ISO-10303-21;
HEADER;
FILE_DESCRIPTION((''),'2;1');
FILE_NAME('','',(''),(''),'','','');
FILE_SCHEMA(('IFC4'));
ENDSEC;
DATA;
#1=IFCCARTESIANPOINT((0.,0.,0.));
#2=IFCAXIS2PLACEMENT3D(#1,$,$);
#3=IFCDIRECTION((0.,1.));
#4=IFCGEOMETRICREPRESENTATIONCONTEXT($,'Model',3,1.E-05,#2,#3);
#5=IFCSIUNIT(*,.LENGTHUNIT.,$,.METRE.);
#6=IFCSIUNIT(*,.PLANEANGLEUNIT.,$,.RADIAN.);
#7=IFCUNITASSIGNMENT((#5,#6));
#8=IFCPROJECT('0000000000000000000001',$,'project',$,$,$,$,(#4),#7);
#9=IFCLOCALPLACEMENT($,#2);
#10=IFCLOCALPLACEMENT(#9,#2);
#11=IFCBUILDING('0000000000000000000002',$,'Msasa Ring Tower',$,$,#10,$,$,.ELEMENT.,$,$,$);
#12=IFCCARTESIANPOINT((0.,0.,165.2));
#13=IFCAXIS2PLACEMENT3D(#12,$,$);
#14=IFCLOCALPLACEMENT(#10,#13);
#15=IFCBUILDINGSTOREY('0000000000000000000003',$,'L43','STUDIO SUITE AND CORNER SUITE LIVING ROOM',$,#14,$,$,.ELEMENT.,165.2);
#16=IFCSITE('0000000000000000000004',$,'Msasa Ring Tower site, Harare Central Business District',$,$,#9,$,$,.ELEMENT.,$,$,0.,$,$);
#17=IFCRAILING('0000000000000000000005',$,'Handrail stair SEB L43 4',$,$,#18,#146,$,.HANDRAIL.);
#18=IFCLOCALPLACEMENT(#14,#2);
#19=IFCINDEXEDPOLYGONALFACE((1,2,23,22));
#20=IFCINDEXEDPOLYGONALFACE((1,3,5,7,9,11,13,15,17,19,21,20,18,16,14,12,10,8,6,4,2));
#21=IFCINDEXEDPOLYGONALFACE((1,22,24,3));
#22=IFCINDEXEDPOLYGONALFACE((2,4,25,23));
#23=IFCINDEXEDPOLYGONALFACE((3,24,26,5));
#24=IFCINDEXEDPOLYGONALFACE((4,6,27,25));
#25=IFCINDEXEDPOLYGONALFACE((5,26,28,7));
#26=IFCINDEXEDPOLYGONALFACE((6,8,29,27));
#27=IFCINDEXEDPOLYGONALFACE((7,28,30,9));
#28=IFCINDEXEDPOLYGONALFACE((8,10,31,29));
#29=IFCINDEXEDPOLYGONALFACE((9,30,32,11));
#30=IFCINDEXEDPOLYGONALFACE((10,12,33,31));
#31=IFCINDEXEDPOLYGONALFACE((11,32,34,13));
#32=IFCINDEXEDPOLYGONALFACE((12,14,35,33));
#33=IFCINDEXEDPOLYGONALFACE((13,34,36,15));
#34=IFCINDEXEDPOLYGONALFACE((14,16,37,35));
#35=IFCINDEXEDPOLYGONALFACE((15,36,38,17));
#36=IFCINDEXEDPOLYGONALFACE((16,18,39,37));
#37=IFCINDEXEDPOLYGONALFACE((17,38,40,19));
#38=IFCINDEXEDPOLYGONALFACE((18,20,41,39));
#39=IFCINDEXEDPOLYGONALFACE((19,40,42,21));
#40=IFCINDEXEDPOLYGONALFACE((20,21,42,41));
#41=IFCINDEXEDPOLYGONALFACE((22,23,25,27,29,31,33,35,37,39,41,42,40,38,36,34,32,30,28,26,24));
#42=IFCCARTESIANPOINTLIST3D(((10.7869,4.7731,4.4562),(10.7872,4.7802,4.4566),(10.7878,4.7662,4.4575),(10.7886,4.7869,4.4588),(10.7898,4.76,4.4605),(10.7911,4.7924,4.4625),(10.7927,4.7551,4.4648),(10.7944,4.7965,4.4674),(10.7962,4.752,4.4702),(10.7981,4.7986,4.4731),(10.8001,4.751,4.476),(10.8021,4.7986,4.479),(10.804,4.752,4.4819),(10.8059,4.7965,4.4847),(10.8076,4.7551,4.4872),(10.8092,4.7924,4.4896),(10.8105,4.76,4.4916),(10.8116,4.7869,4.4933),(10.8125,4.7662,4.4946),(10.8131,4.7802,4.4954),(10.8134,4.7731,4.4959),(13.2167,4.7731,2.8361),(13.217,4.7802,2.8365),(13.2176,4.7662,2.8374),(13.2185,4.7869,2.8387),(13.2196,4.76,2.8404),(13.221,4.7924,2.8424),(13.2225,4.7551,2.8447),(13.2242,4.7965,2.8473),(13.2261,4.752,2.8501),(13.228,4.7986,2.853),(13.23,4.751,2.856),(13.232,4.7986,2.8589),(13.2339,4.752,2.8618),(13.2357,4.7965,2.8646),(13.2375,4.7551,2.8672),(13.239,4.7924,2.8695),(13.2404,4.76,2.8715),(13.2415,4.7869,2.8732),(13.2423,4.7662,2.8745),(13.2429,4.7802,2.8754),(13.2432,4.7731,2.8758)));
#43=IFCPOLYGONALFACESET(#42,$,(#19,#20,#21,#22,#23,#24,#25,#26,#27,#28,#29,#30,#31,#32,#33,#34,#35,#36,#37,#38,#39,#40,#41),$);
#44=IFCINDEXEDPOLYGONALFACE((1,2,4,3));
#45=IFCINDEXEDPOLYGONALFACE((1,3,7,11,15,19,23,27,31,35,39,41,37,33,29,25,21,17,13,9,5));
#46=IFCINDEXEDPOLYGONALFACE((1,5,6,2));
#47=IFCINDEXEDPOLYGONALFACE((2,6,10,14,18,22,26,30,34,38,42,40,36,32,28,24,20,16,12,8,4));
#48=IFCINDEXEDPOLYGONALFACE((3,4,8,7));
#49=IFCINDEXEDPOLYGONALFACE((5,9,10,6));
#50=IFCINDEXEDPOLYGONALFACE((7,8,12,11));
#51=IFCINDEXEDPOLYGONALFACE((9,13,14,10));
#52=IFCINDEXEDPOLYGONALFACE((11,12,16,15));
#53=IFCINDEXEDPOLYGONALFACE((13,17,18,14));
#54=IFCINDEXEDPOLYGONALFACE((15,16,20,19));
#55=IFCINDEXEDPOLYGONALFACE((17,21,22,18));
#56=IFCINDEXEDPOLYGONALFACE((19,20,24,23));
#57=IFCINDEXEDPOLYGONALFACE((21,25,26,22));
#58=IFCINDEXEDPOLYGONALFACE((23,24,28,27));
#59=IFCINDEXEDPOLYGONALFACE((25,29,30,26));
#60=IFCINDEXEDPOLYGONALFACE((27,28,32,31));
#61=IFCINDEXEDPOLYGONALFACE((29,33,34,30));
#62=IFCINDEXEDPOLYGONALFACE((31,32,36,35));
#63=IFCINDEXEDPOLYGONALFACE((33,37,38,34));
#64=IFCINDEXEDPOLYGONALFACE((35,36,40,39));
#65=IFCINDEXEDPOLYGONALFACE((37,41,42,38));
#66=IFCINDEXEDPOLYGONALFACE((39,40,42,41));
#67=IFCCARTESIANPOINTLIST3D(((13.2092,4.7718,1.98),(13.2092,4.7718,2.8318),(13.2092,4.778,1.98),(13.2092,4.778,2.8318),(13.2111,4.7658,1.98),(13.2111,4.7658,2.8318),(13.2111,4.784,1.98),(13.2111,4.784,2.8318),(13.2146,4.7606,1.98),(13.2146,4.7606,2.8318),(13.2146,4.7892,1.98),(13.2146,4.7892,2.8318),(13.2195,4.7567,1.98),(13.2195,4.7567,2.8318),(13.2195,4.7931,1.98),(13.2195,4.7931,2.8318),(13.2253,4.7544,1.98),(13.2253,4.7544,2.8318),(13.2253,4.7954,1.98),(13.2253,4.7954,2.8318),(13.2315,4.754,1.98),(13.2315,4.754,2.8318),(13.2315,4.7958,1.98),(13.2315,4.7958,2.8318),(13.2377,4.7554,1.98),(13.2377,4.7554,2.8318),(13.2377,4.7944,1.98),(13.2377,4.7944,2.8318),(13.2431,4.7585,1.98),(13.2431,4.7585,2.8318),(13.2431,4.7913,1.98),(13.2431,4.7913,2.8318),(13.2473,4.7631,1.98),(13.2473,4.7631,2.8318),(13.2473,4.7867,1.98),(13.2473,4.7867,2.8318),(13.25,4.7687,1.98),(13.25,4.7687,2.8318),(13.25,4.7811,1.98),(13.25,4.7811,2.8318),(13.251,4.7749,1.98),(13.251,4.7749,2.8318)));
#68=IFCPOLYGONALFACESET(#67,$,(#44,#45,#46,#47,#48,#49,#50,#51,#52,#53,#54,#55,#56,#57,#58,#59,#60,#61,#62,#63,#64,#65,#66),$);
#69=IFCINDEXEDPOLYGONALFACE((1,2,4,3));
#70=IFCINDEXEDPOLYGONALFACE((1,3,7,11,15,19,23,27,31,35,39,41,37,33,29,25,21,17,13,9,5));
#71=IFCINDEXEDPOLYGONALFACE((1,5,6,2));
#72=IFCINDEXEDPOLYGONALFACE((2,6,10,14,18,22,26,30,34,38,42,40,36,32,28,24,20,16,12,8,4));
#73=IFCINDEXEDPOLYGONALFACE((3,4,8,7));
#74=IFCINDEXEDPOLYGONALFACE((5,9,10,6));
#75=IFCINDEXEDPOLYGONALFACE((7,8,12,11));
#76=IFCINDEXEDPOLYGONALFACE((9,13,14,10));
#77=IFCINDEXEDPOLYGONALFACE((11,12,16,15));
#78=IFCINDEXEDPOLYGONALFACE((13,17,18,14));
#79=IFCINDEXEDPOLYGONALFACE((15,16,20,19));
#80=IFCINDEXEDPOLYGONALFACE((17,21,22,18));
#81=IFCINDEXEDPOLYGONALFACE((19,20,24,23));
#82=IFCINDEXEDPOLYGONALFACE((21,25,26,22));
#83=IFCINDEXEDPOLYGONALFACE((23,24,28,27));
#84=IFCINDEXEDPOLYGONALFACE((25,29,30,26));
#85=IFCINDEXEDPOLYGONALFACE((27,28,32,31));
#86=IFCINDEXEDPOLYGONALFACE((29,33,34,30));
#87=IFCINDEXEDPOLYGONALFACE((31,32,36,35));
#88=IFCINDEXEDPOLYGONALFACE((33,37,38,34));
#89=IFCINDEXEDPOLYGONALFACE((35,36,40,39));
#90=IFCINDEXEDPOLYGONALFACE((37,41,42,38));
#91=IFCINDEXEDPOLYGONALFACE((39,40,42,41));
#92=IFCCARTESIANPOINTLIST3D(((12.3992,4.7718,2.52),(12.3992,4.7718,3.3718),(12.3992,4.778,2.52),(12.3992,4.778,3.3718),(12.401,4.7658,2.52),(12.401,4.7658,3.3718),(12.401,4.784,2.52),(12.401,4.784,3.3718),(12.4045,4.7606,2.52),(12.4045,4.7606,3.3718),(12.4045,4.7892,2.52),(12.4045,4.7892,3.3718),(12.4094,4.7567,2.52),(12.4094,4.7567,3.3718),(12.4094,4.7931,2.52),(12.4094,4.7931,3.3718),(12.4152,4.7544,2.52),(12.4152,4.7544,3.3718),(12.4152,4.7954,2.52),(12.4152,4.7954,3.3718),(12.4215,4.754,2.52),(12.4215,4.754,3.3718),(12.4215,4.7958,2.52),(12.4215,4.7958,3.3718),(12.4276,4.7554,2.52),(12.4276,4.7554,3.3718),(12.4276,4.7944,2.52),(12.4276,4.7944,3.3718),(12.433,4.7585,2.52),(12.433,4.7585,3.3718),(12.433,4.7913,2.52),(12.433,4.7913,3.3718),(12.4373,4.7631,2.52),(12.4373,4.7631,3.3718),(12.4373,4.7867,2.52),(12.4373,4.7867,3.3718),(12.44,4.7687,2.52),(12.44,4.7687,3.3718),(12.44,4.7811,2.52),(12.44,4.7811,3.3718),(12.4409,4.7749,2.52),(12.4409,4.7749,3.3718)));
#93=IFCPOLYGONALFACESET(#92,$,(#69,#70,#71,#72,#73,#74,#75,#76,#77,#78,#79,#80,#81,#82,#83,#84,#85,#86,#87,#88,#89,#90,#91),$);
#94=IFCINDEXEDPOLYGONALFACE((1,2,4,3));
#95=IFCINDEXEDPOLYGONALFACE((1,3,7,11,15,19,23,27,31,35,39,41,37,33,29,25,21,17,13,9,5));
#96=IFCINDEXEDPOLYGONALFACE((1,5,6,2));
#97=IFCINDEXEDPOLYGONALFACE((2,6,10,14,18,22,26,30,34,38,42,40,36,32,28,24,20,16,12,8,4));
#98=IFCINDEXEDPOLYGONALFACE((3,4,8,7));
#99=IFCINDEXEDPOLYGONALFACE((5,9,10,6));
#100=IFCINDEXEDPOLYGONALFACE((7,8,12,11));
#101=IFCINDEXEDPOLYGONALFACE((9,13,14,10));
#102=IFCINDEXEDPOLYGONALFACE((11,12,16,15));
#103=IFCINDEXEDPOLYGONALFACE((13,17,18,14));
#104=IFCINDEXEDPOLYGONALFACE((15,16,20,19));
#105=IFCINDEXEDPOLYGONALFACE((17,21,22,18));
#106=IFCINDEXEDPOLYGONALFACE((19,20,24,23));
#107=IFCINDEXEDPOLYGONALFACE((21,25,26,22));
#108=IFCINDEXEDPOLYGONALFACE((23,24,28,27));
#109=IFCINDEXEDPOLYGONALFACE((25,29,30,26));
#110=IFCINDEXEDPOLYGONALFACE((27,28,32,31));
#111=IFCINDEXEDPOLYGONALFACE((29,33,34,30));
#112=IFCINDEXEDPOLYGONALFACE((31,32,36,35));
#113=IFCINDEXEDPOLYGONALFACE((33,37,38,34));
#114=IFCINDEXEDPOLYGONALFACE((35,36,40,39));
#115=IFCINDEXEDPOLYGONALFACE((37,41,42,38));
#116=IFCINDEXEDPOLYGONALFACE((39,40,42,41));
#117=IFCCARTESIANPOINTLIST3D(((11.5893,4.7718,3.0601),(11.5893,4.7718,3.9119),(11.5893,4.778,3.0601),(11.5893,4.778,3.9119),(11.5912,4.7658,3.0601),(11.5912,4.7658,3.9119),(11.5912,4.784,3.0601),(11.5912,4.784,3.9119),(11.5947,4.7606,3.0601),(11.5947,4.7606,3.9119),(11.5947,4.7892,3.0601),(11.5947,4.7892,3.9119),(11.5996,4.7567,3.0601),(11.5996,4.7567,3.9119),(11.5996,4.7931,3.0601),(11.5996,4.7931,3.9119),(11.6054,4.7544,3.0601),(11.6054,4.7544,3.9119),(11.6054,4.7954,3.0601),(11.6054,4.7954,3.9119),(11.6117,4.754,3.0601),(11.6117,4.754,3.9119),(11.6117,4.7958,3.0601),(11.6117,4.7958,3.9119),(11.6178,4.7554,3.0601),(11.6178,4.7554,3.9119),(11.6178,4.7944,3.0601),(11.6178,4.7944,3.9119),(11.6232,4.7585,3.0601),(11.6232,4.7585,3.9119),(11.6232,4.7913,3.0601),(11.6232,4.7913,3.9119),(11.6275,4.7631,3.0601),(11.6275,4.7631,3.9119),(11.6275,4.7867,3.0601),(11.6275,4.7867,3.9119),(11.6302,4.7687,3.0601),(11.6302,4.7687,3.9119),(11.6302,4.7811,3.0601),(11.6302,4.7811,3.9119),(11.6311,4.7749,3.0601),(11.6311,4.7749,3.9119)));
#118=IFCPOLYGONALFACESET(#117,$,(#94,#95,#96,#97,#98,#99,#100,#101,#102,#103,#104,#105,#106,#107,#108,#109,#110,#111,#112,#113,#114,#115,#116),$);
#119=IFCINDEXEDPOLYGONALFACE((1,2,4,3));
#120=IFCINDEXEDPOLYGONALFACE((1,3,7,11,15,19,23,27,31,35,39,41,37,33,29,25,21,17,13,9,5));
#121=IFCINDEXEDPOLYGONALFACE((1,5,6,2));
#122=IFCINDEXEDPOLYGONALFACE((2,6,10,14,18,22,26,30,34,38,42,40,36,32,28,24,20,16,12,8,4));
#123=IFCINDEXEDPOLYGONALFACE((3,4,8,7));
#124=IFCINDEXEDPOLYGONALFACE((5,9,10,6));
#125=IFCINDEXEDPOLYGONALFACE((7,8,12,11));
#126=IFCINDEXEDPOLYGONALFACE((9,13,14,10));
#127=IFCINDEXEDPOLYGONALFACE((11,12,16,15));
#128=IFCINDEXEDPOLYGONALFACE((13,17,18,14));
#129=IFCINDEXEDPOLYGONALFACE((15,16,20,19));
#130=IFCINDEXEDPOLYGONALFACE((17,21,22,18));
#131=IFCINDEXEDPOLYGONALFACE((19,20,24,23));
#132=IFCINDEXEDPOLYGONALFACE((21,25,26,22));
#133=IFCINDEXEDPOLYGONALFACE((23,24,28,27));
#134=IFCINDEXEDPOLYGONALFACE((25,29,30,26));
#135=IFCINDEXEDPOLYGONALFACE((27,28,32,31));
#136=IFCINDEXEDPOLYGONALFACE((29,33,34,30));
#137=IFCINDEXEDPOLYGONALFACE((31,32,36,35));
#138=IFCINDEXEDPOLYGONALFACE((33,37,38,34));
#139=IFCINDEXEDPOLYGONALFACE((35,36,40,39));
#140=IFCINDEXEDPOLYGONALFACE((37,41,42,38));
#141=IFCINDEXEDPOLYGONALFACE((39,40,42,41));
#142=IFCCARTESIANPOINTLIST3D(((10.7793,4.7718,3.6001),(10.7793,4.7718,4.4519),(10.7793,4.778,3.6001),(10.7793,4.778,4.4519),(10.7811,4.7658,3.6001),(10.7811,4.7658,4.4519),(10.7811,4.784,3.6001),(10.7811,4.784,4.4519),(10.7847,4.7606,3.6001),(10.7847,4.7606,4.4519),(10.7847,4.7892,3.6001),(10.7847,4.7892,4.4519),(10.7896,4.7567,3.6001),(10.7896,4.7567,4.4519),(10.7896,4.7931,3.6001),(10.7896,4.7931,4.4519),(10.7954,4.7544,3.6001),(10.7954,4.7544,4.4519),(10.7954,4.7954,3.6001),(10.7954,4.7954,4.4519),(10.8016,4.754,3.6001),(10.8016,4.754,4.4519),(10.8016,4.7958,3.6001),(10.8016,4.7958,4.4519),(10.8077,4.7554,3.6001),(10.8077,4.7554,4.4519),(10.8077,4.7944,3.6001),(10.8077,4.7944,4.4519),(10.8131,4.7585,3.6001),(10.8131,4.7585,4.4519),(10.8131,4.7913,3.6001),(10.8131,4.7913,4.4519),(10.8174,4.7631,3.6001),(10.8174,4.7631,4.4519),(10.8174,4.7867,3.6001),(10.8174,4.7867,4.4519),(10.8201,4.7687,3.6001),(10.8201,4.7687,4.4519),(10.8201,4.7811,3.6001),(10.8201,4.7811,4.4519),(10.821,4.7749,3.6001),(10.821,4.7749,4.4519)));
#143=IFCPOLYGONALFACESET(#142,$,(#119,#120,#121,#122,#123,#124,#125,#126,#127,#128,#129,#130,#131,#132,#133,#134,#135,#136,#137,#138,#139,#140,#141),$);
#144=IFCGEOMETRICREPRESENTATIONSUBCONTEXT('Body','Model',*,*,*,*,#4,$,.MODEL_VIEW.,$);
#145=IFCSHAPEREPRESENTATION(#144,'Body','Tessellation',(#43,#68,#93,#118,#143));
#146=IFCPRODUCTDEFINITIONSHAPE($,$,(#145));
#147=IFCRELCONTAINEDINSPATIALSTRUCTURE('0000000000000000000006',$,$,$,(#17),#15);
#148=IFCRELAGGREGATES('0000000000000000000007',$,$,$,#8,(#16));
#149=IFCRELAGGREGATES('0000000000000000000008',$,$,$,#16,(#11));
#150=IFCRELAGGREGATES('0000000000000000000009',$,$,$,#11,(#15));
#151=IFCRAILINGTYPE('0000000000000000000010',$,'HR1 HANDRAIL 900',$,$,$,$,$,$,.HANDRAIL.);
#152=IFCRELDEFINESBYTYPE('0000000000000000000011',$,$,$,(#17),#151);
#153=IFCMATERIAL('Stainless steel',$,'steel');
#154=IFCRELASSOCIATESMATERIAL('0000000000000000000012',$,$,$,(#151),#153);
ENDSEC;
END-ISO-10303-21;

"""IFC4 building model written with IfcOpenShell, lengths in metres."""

from ifc_helpers import new_model, si_unit, direction, frame, origin, origin_2d, place, context, subcontext, project, spatial, circle, extrude, material, type_object, element, save


model = new_model("IFC4")

# Units and contexts
model_context = context("Model", 3, precision=1e-05, world=origin(), true_north=direction((0.0, 1.0)))
body_context = subcontext(model_context, "Body", "Model", "MODEL_VIEW")
ifc_project = project(units=[si_unit("LENGTHUNIT", "METRE"), si_unit("PLANEANGLEUNIT", "RADIAN")], contexts=[model_context])

# Site, building, storey
site_placement = place(None, origin())
site = spatial("IfcSite", under=ifc_project, at=site_placement, Name="Msasa Ring Tower site, Harare Central Business District", CompositionType="ELEMENT", RefElevation=0.0)
building_placement = place(site_placement, origin())
building = spatial("IfcBuilding", under=site, at=building_placement, Name="Msasa Ring Tower", CompositionType="ELEMENT")
storey_placement = place(building_placement, frame((0.0, 0.0, 165.2)))
storey = spatial("IfcBuildingStorey", under=building, at=storey_placement, Name="L43", Description="STUDIO SUITE AND CORNER SUITE LIVING ROOM", CompositionType="ELEMENT", Elevation=165.2)

# Railing
ifc_material_1 = material(Name="Stainless steel", Category="steel")
railing_type = type_object("IfcRailingType", Name="HR1 HANDRAIL 900", PredefinedType="HANDRAIL", material=ifc_material_1)
for number, where, name in (
    (1, (13.23, 4.7749, 1.98), "Handrail stair SEB L43 4"),
):
    element("IfcRailing", number, at=place(storey_placement, frame(where)), inside=storey, type_object=railing_type, Name=name, PredefinedType="HANDRAIL", context=body_context, shape_type="SweptSolid", body=[
        extrude(circle(Radius=0.0239, at=origin_2d()), frame((0.0, 0.0, 0.876), z_axis=(-0.832025, 0.0, 0.554739), x_axis=(0.0, -1.0, 0.0)), (0.0, 0.0, 1.0), 2.9204),
        extrude(circle(Radius=0.021, at=origin_2d()), origin(), (0.0, 0.0, 1.0), 0.8518),
        extrude(circle(Radius=0.021, at=origin_2d()), frame((-0.8101, 0.0, 0.54)), (0.0, 0.0, 1.0), 0.8518),
        extrude(circle(Radius=0.021, at=origin_2d()), frame((-1.6199, 0.0, 1.0801)), (0.0, 0.0, 1.0), 0.8518),
        extrude(circle(Radius=0.021, at=origin_2d()), frame((-2.4299, 0.0, 1.6201)), (0.0, 0.0, 1.0), 0.8518),
    ])

save(model, "model.ifc")
